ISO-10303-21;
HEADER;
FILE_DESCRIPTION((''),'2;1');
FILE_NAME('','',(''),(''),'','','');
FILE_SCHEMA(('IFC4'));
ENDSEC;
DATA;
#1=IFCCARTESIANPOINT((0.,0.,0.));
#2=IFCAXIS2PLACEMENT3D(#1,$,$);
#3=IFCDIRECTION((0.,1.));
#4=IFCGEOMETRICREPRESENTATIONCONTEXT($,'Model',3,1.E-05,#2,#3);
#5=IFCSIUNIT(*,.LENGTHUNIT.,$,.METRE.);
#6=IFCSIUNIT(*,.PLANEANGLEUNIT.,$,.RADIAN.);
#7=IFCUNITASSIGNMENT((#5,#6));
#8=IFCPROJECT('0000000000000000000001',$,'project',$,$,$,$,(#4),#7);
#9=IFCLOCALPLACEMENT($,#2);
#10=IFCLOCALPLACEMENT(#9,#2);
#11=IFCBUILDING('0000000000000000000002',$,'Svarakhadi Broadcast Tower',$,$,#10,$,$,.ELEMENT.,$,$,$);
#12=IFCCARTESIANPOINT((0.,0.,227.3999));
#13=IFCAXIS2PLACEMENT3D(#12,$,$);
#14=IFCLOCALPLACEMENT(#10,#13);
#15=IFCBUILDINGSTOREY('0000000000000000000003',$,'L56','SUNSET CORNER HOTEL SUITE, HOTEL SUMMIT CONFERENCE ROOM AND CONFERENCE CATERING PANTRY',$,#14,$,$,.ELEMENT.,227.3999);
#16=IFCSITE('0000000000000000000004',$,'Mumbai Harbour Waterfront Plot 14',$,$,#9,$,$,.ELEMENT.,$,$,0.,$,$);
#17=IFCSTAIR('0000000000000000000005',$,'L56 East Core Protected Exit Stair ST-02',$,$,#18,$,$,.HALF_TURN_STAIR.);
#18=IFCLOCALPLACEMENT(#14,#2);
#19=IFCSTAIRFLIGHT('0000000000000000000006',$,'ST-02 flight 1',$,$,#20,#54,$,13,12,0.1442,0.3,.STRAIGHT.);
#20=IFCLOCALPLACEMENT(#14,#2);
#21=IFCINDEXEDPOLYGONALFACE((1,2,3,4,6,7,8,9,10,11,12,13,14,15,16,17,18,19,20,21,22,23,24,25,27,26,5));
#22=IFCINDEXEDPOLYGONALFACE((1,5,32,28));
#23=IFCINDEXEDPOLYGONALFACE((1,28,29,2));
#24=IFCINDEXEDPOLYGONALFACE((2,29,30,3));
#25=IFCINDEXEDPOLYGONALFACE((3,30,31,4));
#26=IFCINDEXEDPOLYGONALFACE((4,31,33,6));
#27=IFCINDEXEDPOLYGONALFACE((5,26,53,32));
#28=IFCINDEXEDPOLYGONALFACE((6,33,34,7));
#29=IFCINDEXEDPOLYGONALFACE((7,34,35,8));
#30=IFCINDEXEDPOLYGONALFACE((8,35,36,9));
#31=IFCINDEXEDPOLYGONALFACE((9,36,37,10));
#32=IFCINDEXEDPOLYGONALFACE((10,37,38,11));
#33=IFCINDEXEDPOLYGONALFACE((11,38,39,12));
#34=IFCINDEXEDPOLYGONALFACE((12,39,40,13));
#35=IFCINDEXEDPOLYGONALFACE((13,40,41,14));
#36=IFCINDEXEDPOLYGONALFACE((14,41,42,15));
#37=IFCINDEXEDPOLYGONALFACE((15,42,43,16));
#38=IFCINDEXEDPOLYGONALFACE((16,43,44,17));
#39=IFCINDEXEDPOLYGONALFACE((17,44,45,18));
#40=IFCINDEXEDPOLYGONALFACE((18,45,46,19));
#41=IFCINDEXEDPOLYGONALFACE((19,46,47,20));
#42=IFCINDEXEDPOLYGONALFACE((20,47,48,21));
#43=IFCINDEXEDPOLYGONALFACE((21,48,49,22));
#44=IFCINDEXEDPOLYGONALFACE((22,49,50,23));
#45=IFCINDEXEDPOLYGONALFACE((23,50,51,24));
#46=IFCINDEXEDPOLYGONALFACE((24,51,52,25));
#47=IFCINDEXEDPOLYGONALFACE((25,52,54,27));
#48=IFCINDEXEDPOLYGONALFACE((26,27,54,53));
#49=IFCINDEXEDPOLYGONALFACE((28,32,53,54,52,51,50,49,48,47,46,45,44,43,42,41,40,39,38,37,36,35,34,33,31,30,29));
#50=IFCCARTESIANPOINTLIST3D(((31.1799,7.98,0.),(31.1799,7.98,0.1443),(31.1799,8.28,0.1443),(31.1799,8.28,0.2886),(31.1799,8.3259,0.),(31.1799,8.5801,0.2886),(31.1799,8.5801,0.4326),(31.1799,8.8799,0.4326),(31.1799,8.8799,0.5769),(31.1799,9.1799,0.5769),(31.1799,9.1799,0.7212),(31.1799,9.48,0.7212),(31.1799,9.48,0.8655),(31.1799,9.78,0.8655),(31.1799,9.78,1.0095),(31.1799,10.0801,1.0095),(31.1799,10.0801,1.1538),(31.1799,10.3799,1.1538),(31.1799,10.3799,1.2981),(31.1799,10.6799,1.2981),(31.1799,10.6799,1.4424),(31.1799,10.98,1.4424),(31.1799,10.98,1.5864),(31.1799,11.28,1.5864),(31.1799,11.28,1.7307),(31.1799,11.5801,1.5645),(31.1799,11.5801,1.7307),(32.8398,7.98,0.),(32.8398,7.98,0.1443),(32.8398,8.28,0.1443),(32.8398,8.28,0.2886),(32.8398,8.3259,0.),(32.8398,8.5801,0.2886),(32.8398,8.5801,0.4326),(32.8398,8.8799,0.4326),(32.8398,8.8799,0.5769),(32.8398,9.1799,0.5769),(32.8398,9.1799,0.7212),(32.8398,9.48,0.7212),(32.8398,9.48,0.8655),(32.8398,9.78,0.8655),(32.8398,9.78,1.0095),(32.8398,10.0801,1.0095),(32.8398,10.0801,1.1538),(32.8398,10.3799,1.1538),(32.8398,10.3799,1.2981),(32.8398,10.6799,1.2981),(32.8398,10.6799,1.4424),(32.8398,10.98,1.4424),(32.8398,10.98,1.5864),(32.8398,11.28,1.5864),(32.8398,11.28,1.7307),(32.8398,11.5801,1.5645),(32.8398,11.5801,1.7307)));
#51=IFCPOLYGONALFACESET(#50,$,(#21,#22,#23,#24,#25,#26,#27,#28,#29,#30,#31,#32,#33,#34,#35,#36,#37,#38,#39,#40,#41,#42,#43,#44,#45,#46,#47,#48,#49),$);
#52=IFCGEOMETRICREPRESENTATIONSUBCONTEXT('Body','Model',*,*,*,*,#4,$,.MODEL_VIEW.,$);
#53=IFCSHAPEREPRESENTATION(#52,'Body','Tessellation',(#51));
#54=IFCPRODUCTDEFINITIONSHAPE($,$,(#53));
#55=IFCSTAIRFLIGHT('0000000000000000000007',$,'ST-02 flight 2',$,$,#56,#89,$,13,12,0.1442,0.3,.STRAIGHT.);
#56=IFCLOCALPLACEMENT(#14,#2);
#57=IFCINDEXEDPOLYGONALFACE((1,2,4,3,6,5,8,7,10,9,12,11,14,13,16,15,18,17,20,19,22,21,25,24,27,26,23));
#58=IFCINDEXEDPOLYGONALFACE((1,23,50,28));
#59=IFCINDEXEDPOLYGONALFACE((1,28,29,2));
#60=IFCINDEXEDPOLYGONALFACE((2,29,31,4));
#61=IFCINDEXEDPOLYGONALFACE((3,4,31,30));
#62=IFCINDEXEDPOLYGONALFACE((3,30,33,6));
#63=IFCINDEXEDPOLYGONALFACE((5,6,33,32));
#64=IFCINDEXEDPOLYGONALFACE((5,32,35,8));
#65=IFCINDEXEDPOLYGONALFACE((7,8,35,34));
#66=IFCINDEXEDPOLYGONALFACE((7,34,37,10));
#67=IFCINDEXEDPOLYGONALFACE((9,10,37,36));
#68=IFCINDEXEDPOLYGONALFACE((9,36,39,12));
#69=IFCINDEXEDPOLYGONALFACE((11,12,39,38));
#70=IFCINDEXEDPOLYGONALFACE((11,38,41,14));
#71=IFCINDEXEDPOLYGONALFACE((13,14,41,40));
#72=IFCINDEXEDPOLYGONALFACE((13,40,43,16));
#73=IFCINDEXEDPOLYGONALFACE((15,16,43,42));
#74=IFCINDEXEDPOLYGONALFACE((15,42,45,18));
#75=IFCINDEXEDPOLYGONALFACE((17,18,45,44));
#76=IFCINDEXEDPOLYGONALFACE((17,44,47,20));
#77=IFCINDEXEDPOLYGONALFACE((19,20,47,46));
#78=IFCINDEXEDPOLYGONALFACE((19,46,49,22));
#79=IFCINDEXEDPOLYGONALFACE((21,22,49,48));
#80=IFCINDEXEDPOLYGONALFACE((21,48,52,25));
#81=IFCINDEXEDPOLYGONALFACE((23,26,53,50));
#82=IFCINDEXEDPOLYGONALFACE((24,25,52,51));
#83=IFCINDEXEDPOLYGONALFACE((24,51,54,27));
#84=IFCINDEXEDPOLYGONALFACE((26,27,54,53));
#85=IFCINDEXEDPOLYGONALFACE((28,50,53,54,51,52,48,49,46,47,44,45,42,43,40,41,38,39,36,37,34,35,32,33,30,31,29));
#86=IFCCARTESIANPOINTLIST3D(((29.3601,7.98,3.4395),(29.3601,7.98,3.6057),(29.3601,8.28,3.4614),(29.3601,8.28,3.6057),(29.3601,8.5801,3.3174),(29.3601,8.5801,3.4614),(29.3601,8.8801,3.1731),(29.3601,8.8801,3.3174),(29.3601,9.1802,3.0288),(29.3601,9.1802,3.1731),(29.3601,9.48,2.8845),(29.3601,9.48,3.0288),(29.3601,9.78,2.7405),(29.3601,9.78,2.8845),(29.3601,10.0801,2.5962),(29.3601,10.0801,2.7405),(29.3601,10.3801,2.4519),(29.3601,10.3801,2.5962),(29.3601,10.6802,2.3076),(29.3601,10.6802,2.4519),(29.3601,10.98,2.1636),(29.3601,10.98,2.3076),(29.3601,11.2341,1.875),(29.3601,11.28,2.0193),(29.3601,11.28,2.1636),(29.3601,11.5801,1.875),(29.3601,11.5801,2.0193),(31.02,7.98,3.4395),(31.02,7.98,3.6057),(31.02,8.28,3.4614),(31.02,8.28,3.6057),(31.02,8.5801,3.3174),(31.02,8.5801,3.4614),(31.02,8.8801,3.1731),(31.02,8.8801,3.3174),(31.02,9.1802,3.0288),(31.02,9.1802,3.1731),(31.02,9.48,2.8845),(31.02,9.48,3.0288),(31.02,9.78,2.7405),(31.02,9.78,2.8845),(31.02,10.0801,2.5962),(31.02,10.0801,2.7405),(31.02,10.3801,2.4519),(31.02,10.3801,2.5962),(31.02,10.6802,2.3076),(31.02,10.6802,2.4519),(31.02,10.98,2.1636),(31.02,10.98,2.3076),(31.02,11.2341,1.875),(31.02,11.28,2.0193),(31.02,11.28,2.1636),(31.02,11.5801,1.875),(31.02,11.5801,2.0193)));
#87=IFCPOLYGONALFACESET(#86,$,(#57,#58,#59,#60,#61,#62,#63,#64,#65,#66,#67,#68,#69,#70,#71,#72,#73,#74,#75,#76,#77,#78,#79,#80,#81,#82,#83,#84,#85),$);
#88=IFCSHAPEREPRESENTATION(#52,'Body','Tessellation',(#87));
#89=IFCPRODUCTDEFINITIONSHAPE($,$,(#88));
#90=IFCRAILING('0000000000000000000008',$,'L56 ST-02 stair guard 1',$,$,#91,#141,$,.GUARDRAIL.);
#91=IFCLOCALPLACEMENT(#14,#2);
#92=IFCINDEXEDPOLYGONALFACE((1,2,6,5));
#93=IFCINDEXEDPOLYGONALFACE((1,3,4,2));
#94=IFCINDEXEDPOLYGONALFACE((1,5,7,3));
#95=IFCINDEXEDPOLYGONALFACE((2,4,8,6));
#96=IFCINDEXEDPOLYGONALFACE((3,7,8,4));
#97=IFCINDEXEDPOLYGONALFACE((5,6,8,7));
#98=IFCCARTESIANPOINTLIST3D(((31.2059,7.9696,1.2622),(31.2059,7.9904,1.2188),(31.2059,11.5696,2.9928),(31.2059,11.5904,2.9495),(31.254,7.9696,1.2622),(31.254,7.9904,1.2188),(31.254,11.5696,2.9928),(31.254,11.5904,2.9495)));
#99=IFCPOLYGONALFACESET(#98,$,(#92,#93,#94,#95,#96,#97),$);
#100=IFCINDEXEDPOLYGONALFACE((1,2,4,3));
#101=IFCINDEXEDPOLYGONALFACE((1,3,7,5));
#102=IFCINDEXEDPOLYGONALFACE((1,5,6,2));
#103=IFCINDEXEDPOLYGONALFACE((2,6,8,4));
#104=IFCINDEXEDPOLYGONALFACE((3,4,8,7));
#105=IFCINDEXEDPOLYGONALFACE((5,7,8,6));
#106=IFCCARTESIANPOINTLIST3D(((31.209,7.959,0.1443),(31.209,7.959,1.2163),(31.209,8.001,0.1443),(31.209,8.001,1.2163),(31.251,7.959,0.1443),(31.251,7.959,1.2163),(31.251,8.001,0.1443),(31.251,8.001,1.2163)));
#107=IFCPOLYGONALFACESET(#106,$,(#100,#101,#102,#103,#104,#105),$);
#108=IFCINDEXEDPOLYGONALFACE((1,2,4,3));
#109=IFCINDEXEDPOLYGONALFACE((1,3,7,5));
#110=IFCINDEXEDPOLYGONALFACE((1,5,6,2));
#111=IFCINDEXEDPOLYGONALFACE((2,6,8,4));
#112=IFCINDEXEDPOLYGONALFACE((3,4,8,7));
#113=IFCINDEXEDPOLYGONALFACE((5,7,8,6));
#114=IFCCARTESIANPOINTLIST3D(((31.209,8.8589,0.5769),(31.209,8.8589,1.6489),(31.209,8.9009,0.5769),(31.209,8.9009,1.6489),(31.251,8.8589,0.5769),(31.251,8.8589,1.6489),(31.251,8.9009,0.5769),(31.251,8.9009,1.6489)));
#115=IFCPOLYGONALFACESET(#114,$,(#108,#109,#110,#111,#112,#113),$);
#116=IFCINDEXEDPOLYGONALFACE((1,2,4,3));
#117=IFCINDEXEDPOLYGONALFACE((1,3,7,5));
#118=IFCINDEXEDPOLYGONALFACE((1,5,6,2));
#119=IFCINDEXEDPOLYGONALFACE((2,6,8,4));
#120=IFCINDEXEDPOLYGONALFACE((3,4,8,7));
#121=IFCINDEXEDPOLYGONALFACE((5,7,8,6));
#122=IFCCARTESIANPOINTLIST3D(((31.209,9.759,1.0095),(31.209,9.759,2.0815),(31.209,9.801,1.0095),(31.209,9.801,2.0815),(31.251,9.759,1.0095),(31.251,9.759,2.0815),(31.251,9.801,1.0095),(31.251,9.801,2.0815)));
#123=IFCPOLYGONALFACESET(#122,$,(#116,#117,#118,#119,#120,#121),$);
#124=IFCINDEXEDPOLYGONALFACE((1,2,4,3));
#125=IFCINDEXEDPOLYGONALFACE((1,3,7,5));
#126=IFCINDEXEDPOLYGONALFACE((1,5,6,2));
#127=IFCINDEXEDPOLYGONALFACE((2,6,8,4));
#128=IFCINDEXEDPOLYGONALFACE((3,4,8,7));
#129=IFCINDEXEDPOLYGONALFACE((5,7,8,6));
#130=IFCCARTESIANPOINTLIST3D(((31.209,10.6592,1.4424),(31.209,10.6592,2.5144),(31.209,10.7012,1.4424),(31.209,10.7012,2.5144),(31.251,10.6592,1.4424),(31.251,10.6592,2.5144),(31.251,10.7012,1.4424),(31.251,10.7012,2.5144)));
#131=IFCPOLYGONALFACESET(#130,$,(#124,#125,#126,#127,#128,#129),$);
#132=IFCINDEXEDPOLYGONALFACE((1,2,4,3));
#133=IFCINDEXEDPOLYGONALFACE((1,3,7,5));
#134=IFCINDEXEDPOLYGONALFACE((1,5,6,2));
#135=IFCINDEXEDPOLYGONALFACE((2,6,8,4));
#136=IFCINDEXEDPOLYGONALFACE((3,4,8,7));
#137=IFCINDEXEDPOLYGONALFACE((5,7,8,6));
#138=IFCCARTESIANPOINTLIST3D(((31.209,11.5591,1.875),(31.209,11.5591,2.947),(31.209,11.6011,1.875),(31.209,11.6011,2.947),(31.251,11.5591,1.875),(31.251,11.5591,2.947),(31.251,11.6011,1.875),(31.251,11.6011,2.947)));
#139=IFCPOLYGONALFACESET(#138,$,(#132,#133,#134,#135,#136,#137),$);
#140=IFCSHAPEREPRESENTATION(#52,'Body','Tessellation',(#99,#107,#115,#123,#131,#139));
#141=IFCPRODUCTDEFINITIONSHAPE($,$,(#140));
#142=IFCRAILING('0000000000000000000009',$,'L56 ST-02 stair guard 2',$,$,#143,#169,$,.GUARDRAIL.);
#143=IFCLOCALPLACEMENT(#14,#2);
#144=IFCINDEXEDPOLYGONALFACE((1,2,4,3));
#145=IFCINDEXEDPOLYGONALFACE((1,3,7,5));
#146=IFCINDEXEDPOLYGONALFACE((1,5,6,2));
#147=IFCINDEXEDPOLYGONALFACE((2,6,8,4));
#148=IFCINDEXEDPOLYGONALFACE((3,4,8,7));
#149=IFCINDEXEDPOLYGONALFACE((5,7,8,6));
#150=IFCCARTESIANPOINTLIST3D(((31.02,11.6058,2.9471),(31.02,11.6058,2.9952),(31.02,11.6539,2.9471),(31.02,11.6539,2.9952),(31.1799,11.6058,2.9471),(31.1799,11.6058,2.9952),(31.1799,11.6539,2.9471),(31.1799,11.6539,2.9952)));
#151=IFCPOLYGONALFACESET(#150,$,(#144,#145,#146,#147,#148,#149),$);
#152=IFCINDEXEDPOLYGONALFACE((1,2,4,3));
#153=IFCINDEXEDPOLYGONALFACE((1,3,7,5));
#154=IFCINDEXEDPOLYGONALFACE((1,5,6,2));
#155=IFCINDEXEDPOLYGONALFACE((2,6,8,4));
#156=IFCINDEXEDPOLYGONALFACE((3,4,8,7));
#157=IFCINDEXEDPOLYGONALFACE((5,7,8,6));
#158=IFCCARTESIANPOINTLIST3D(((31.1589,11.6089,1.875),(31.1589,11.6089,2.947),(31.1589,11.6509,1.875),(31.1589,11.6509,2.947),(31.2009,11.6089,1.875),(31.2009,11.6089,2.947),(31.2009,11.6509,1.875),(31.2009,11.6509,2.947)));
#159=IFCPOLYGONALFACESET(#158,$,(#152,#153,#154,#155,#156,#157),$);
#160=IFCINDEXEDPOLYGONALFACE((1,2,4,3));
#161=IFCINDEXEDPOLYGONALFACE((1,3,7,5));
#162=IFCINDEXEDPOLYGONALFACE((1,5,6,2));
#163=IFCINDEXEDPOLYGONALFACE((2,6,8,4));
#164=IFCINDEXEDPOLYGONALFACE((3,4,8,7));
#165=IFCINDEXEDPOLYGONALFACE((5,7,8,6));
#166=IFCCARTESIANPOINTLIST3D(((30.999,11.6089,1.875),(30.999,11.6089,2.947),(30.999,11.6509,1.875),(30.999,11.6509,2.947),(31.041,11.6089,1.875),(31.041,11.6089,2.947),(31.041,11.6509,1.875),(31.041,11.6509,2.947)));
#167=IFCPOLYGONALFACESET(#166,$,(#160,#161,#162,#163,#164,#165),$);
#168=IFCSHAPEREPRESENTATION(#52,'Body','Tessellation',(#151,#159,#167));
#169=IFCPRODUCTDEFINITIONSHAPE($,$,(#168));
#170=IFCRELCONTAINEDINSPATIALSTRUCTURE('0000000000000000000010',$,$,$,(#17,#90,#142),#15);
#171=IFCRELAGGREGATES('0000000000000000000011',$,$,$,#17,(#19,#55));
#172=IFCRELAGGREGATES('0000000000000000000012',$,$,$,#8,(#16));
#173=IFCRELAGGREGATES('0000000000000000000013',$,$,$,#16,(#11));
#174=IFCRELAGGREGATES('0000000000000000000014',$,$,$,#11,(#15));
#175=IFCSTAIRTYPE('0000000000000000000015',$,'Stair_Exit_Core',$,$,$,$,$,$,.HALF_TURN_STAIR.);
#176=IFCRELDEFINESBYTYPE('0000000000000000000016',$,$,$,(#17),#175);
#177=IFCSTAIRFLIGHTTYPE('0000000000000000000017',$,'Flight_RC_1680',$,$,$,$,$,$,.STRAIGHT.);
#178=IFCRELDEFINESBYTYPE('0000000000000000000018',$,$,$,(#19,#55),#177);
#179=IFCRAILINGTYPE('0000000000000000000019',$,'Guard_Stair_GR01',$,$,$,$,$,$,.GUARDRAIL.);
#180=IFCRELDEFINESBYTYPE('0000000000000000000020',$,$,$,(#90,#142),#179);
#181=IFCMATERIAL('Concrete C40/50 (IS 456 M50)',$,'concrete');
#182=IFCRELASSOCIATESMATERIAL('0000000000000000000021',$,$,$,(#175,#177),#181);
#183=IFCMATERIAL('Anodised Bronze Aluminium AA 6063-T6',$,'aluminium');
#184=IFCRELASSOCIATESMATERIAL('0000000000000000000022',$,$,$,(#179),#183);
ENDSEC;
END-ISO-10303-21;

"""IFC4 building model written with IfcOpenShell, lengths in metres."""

from ifc_helpers import new_model, si_unit, direction, frame, origin, origin_2d, place, context, subcontext, project, spatial, polyline, rectangle, outline, extrude, material, type_object, element, aggregate, save


model = new_model("IFC4")

# Units and contexts
model_context = context("Model", 3, precision=1e-05, world=origin(), true_north=direction((0.0, 1.0)))
body_context = subcontext(model_context, "Body", "Model", "MODEL_VIEW")
ifc_project = project(units=[si_unit("LENGTHUNIT", "METRE"), si_unit("PLANEANGLEUNIT", "RADIAN")], contexts=[model_context])

# Site, building, storey
site_placement = place(None, origin())
site = spatial("IfcSite", under=ifc_project, at=site_placement, Name="Mumbai Harbour Waterfront Plot 14", CompositionType="ELEMENT", RefElevation=0.0)
building_placement = place(site_placement, origin())
building = spatial("IfcBuilding", under=site, at=building_placement, Name="Svarakhadi Broadcast Tower", CompositionType="ELEMENT")
storey_placement = place(building_placement, frame((0.0, 0.0, 227.3999)))
storey = spatial("IfcBuildingStorey", under=building, at=storey_placement, Name="L56", Description="SUNSET CORNER HOTEL SUITE, HOTEL SUMMIT CONFERENCE ROOM AND CONFERENCE CATERING PANTRY", CompositionType="ELEMENT", Elevation=227.3999)

# Shared definitions
ifc_material_1 = material(Name="Anodised Bronze Aluminium AA 6063-T6", Category="aluminium")

# Shared definitions
ifc_material_2 = material(Name="Concrete C40/50 (IS 456 M50)", Category="concrete")

# Stair, stair flights
stair_type = type_object("IfcStairType", Name="Stair_Exit_Core", PredefinedType="HALF_TURN_STAIR", material=ifc_material_2)
stair_placement = place(storey_placement, origin())
stair = element("IfcStair", 1, at=stair_placement, inside=storey, type_object=stair_type, Name="L56 East Core Protected Exit Stair ST-02", PredefinedType="HALF_TURN_STAIR")
stair_flight_type = type_object("IfcStairFlightType", Name="Flight_RC_1680", PredefinedType="STRAIGHT", material=ifc_material_2)
stair_flight_1_placement = place(storey_placement, frame((32.01, 7.98, 0.0), z_axis=(0.0, 0.0, 1.0), x_axis=(0.0, 1.0, 0.0)))
stair_flight_1 = element("IfcStairFlight", 2, at=stair_flight_1_placement, type_object=stair_flight_type, Name="ST-02 flight 1", NumberOfRisers=13, NumberOfTreads=12, PredefinedType="STRAIGHT", RiserHeight=0.1442, TreadLength=0.3, context=body_context, shape_type="SweptSolid", body=[
    extrude(outline(polyline([(0.0, 0.0), (0.0, 0.1443), (0.3, 0.1443), (0.3, 0.2886), (0.6001, 0.2886), (0.6001, 0.4326), (0.8999, 0.4326), (0.8999, 0.5769), (1.2, 0.5769), (1.2, 0.7212), (1.5, 0.7212), (1.5, 0.8655), (1.8, 0.8655), (1.8, 1.0095), (2.1001, 1.0095), (2.1001, 1.1538), (2.3999, 1.1538), (2.3999, 1.2981), (2.7, 1.2981), (2.7, 1.4424), (3.0, 1.4424), (3.0, 1.5864), (3.3, 1.5864), (3.3, 1.7307), (3.6001, 1.7307), (3.6001, 1.875), (3.6001, 1.5645), (0.3459, 0.0), (0.0, 0.0)])), frame((0.0, 0.8301, 0.0), z_axis=(0.0, -1.0, 0.0), x_axis=(1.0, 0.0, 0.0)), (0.0, 0.0, 1.0), 1.6599),
])
stair_flight_2_placement = place(storey_placement, frame((30.1899, 11.5801, 1.875), z_axis=(0.0, 0.0, 1.0), x_axis=(0.0, -1.0, 0.0)))
stair_flight_2 = element("IfcStairFlight", 3, at=stair_flight_2_placement, type_object=stair_flight_type, Name="ST-02 flight 2", NumberOfRisers=13, NumberOfTreads=12, PredefinedType="STRAIGHT", RiserHeight=0.1442, TreadLength=0.3, context=body_context, shape_type="SweptSolid", body=[
    extrude(outline(polyline([(0.0, 0.0), (0.0, 0.1443), (0.3, 0.1443), (0.3, 0.2886), (0.6001, 0.2886), (0.6001, 0.4326), (0.8999, 0.4326), (0.8999, 0.5769), (1.2, 0.5769), (1.2, 0.7212), (1.5, 0.7212), (1.5, 0.8655), (1.8, 0.8655), (1.8, 1.0095), (2.1001, 1.0095), (2.1001, 1.1538), (2.3999, 1.1538), (2.3999, 1.2981), (2.7, 1.2981), (2.7, 1.4424), (3.0, 1.4424), (3.0, 1.5864), (3.3, 1.5864), (3.3, 1.7307), (3.6001, 1.7307), (3.6001, 1.875), (3.6001, 1.5645), (0.3459, 0.0), (0.0, 0.0)])), frame((0.0, 0.8301, 0.0), z_axis=(0.0, -1.0, 0.0), x_axis=(1.0, 0.0, 0.0)), (0.0, 0.0, 1.0), 1.6599),
])
aggregate(stair, [stair_flight_1, stair_flight_2])

# Railings
railing_type_1 = type_object("IfcRailingType", Name="Guard_Stair_GR01", PredefinedType="GUARDRAIL", material=ifc_material_1)
railing_1_placement = place(storey_placement, frame((31.23, 7.98, 0.1443)))
element("IfcRailing", 4, at=railing_1_placement, inside=storey, type_object=railing_type_1, Name="L56 ST-02 stair guard 1", PredefinedType="GUARDRAIL", context=body_context, shape_type="SweptSolid", body=[
    extrude(rectangle(XDim=0.0481, YDim=0.0481, at=origin_2d()), frame((0.0, 0.0, 1.0962), z_axis=(0.0, 0.901263, 0.433273), x_axis=(-1.0, 0.0, 0.0)), (0.0, 0.0, 1.0), 3.9944),
    extrude(rectangle(XDim=0.042, YDim=0.042, at=origin_2d()), origin(), (0.0, 0.0, 1.0), 1.072),
    extrude(rectangle(XDim=0.042, YDim=0.042, at=origin_2d()), frame((0.0, 0.8999, 0.4326)), (0.0, 0.0, 1.0), 1.072),
    extrude(rectangle(XDim=0.042, YDim=0.042, at=origin_2d()), frame((0.0, 1.8, 0.8652)), (0.0, 0.0, 1.0), 1.072),
    extrude(rectangle(XDim=0.042, YDim=0.042, at=origin_2d()), frame((0.0, 2.7002, 1.2981)), (0.0, 0.0, 1.0), 1.072),
    extrude(rectangle(XDim=0.042, YDim=0.042, at=origin_2d()), frame((0.0, 3.6001, 1.7307)), (0.0, 0.0, 1.0), 1.072),
])
railing_2_placement = place(storey_placement, frame((31.1799, 11.6299, 1.875)))
element("IfcRailing", 5, at=railing_2_placement, inside=storey, type_object=railing_type_1, Name="L56 ST-02 stair guard 2", PredefinedType="GUARDRAIL", context=body_context, shape_type="SweptSolid", body=[
    extrude(rectangle(XDim=0.0481, YDim=0.0481, at=origin_2d()), frame((0.0, 0.0, 1.0962), z_axis=(-1.0, 0.0, 0.0), x_axis=(0.0, -1.0, 0.0)), (0.0, 0.0, 1.0), 0.1599),
    extrude(rectangle(XDim=0.042, YDim=0.042, at=origin_2d()), origin(), (0.0, 0.0, 1.0), 1.072),
    extrude(rectangle(XDim=0.042, YDim=0.042, at=origin_2d()), frame((-0.1599, 0.0, 0.0)), (0.0, 0.0, 1.0), 1.072),
])

save(model, "model.ifc")
